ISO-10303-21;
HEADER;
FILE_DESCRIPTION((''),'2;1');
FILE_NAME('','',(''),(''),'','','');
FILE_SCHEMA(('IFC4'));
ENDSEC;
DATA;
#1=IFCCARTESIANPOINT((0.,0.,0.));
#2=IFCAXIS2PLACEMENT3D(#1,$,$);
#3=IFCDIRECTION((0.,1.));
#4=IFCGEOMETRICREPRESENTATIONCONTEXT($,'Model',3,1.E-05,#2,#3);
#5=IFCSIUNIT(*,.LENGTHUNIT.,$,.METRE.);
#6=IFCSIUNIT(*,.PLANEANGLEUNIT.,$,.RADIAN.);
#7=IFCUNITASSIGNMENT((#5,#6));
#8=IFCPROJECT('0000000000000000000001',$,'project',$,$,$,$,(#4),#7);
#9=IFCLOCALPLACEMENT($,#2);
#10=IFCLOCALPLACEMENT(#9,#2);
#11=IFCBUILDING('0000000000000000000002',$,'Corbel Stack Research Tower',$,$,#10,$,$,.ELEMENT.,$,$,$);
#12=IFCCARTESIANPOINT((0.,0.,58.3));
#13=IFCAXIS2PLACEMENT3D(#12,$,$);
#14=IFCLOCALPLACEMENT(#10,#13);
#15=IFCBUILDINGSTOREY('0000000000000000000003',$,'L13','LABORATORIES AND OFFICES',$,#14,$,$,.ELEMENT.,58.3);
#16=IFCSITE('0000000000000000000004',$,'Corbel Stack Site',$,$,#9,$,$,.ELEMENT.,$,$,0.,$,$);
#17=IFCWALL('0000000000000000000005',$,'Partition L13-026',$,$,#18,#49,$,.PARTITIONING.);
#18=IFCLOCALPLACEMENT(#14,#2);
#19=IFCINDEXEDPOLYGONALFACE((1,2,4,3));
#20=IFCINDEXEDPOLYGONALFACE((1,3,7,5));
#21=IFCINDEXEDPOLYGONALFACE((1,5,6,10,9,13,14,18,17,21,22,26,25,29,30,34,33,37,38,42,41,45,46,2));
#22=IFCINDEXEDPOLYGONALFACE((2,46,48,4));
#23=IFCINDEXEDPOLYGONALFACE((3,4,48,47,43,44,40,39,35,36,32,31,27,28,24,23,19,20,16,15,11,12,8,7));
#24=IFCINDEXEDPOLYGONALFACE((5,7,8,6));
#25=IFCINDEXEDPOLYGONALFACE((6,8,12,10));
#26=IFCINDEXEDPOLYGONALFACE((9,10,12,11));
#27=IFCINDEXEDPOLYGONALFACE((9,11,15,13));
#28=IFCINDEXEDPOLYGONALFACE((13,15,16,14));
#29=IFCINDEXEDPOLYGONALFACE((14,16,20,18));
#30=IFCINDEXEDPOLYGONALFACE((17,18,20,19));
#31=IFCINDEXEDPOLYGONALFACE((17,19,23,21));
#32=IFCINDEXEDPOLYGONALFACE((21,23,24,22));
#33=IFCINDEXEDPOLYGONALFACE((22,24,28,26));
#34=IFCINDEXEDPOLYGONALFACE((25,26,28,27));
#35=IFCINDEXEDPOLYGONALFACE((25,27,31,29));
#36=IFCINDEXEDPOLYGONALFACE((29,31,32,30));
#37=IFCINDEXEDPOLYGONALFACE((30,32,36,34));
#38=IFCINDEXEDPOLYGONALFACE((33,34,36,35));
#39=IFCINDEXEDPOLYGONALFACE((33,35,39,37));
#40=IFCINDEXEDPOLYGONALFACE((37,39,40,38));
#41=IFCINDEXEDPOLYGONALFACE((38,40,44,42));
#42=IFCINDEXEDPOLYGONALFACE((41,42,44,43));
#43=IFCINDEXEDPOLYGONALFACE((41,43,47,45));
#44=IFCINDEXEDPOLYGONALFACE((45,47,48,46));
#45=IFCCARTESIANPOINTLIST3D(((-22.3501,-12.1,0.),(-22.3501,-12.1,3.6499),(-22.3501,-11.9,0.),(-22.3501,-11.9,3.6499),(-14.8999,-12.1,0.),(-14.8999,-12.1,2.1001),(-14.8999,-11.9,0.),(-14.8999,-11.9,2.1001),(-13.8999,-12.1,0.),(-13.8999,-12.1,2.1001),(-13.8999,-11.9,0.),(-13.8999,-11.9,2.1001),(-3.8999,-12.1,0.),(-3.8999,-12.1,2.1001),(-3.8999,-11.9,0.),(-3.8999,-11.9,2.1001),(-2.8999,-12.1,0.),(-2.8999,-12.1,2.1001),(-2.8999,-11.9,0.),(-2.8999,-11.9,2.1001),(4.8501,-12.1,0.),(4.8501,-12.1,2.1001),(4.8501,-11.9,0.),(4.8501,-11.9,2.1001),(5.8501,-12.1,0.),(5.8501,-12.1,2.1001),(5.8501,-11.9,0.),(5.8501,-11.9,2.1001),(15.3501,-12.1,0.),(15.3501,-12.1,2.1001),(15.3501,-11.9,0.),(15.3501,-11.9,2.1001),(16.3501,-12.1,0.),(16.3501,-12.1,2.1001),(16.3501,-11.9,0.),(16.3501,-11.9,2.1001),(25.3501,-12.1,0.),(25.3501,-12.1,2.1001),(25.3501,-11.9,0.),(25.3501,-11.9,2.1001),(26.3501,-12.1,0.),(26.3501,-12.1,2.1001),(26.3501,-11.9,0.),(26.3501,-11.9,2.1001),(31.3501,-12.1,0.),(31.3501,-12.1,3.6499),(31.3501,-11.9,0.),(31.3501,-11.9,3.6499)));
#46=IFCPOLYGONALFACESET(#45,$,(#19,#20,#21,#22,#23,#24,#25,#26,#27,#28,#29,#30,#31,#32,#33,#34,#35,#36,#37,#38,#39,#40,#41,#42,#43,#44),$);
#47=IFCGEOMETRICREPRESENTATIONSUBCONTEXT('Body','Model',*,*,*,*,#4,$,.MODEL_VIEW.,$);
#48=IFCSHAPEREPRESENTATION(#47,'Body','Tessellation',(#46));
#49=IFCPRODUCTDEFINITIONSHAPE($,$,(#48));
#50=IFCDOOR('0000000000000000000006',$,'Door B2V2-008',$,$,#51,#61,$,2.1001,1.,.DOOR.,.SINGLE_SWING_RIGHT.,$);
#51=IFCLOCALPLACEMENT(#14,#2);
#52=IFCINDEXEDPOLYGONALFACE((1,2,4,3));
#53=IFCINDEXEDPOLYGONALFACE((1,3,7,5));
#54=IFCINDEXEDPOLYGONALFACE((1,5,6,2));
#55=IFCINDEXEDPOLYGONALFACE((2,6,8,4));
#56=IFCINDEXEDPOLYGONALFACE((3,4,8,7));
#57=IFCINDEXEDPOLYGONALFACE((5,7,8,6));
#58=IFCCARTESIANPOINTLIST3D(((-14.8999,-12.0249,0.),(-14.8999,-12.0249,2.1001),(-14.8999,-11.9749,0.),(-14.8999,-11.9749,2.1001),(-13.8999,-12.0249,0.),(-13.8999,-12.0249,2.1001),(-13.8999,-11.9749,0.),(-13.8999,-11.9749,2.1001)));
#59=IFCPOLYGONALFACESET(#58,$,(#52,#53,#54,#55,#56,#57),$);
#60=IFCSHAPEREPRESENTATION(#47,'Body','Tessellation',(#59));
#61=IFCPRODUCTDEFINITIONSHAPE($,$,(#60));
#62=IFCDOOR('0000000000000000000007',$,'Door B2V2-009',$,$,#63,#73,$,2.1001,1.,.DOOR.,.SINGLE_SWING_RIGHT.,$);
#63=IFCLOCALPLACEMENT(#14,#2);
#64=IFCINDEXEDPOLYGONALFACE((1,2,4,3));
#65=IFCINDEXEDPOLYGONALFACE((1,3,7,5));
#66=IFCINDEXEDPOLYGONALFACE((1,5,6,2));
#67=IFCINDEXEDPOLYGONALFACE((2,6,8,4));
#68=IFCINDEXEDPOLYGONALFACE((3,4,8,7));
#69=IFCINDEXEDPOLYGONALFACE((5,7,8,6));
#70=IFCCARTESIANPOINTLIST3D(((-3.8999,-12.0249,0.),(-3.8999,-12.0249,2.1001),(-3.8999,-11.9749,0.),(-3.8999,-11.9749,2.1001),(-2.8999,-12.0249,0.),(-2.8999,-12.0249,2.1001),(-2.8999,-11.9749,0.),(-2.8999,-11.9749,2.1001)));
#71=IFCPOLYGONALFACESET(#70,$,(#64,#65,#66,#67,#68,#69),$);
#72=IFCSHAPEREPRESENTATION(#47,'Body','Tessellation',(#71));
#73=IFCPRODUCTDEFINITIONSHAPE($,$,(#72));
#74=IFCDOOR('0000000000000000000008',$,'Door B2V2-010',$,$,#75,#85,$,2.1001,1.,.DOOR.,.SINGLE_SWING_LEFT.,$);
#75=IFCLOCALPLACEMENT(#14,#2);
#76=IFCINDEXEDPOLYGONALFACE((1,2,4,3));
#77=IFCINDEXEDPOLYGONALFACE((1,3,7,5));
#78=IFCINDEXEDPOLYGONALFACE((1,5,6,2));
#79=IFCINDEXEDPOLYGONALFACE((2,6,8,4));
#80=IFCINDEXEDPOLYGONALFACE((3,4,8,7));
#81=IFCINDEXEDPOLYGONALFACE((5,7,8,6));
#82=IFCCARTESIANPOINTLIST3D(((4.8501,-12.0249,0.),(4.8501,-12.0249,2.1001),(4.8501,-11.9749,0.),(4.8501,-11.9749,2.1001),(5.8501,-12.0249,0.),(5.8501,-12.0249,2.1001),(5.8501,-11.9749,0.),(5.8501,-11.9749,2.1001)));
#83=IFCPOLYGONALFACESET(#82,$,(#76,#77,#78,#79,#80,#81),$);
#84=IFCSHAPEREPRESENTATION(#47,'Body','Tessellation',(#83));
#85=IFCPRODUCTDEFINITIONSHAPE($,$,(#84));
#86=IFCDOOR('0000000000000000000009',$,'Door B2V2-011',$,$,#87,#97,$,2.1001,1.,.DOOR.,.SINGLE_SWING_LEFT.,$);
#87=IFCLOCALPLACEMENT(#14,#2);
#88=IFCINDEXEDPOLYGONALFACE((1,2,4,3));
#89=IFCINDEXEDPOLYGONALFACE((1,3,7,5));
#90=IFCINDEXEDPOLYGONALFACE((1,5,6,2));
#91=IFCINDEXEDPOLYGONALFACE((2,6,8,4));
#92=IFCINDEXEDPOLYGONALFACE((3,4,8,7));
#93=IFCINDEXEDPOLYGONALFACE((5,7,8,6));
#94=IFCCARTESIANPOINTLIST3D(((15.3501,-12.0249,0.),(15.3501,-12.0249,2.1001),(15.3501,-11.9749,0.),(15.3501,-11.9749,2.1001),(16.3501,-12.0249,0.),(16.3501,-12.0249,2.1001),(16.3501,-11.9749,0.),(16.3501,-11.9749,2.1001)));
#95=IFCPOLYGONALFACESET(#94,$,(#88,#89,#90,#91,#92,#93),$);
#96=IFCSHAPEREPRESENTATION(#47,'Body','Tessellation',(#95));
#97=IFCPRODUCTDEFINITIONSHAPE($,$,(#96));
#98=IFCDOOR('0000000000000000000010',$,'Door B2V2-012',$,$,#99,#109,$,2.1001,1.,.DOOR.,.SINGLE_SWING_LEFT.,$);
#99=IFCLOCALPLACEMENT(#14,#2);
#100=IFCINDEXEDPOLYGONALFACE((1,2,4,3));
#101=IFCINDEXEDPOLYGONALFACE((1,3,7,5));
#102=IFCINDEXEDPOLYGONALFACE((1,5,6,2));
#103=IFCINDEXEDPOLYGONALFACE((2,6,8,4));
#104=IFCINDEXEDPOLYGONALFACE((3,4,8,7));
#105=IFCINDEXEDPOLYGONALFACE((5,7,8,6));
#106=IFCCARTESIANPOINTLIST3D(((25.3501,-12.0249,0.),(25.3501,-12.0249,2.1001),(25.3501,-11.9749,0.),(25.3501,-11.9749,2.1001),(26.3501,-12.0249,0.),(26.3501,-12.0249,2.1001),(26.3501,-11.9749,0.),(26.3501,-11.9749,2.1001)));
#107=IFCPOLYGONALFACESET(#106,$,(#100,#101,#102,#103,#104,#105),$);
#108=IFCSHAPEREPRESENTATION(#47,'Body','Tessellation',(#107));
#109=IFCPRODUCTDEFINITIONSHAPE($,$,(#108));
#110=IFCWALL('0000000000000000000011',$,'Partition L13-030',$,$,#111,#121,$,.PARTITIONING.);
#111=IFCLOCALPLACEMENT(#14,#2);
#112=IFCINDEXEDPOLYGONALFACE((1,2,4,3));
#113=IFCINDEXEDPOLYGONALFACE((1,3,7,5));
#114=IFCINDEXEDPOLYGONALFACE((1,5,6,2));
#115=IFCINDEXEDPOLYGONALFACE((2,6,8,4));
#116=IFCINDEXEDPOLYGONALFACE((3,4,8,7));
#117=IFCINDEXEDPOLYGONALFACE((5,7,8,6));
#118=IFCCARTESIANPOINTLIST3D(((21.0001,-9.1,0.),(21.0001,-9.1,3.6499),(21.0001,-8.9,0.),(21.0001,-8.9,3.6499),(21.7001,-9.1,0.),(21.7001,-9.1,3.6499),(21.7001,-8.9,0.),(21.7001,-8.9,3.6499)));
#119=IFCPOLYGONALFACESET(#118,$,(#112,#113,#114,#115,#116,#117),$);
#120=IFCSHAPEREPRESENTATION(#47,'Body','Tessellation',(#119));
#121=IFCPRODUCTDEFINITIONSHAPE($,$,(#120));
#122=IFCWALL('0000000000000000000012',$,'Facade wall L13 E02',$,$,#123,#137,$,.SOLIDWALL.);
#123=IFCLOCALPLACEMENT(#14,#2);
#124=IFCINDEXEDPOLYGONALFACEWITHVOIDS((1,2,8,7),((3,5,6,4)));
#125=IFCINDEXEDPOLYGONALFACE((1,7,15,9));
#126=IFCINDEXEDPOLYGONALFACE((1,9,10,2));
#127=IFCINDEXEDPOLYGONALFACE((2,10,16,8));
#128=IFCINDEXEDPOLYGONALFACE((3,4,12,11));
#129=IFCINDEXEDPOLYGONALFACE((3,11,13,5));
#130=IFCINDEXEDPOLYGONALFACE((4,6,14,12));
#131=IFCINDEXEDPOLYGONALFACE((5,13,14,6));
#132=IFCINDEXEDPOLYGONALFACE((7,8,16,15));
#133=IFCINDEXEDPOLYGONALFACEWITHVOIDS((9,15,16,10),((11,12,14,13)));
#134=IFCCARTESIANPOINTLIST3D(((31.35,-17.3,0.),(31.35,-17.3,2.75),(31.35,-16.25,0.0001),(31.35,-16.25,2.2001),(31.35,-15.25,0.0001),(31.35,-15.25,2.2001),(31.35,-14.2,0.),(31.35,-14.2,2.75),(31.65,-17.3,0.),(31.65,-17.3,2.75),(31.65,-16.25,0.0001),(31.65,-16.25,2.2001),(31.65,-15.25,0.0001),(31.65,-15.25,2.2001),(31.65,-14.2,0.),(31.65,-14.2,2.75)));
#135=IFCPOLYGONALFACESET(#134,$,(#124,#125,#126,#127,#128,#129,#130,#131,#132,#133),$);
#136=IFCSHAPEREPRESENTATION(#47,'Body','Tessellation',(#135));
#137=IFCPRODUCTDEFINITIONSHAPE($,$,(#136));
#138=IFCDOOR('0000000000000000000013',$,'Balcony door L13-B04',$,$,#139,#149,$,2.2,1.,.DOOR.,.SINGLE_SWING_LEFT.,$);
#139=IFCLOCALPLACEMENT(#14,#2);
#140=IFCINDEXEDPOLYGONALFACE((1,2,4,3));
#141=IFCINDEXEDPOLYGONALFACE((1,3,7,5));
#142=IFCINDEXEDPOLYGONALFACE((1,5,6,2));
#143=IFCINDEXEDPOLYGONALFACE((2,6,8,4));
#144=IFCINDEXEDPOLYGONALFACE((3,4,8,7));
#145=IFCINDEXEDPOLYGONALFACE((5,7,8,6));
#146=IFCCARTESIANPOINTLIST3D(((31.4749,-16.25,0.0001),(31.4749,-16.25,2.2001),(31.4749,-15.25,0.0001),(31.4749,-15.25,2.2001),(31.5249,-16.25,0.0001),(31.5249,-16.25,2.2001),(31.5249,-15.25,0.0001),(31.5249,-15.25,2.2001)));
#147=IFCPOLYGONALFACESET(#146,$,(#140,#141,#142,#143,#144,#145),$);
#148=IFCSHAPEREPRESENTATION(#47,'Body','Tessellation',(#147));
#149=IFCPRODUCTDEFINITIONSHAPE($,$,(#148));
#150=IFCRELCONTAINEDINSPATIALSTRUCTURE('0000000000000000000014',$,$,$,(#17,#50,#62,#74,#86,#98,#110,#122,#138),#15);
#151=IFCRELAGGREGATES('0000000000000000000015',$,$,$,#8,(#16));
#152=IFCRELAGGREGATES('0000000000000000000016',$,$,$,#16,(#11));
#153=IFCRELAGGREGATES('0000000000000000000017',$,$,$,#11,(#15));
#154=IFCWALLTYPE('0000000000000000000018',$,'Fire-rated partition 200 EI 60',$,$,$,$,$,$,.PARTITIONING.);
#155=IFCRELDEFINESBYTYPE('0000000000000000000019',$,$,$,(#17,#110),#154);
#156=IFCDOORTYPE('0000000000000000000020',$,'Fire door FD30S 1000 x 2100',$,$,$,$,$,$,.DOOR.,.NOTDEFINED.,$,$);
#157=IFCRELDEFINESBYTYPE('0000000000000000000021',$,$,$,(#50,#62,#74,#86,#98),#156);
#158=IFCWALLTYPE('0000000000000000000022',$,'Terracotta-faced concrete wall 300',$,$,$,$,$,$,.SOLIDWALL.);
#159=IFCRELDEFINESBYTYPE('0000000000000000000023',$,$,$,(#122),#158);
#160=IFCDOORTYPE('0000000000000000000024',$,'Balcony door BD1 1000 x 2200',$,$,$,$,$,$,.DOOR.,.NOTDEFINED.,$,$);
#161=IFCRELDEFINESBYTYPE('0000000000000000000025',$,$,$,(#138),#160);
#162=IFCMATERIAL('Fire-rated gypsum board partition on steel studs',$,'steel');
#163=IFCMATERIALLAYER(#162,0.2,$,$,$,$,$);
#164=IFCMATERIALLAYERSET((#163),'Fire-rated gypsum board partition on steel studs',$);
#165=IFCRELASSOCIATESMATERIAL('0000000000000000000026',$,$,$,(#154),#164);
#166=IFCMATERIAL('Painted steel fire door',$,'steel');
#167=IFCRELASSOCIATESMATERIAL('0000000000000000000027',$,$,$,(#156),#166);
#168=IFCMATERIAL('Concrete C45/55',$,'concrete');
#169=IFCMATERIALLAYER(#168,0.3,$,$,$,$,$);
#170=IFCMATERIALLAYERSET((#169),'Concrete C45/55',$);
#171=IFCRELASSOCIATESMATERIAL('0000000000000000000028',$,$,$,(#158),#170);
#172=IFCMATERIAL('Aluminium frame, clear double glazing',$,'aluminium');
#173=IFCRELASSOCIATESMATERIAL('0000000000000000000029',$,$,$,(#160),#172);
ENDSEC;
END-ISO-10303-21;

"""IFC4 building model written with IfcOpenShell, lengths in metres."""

from ifc_helpers import new_model, si_unit, direction, frame, frame_2d, origin, place, context, subcontext, project, spatial, rectangle, extrude, material, layer, layer_set, type_object, element, fill, save


model = new_model("IFC4")

# Units and contexts
model_context = context("Model", 3, precision=1e-05, world=origin(), true_north=direction((0.0, 1.0)))
body_context = subcontext(model_context, "Body", "Model", "MODEL_VIEW")
ifc_project = project(units=[si_unit("LENGTHUNIT", "METRE"), si_unit("PLANEANGLEUNIT", "RADIAN")], contexts=[model_context])

# Site, building, storey
site_placement = place(None, origin())
site = spatial("IfcSite", under=ifc_project, at=site_placement, Name="Corbel Stack Site", CompositionType="ELEMENT", RefElevation=0.0)
building_placement = place(site_placement, origin())
building = spatial("IfcBuilding", under=site, at=building_placement, Name="Corbel Stack Research Tower", CompositionType="ELEMENT")
storey_placement = place(building_placement, frame((0.0, 0.0, 58.3)))
storey = spatial("IfcBuildingStorey", under=building, at=storey_placement, Name="L13", Description="LABORATORIES AND OFFICES", CompositionType="ELEMENT", Elevation=58.3)

# Shared definitions
ifc_material_1 = material(Name="Fire-rated gypsum board partition on steel studs", Category="steel")
ifc_layer_1 = layer(ifc_material_1, 0.2)
ifc_layer_set_1 = layer_set([ifc_layer_1], Name="Fire-rated gypsum board partition on steel studs")
wall_type_1 = type_object("IfcWallType", Name="Fire-rated partition 200 EI 60", PredefinedType="PARTITIONING", material=ifc_layer_set_1)

# Wall, openings, doors
wall_1_placement = place(storey_placement, frame((31.3501, -12.0, 0.0), z_axis=(0.0, 0.0, 1.0), x_axis=(-1.0, 0.0, 0.0)))
wall_1 = element("IfcWall", 1, at=wall_1_placement, inside=storey, type_object=wall_type_1, Name="Partition L13-026", PredefinedType="PARTITIONING", context=body_context, shape_type="SweptSolid", body=[
    extrude(rectangle(XDim=53.7002, YDim=0.2, at=frame_2d((26.8501, 0.0))), origin(), (0.0, 0.0, 1.0), 3.6499),
])
opening_1_placement = place(wall_1_placement, frame((45.25, 0.0, 0.0)))
opening_1 = element("IfcOpeningElement", 2, at=opening_1_placement, cuts=wall_1, PredefinedType="OPENING", context=body_context, shape_type="SweptSolid", body=[
    extrude(rectangle(XDim=1.0, YDim=2.1001, at=frame_2d((0.5, 1.05))), frame((0.0, 0.1099, 0.0), z_axis=(0.0, -1.0, 0.0), x_axis=(1.0, 0.0, 0.0)), (0.0, 0.0, 1.0), 0.22),
])
opening_2_placement = place(wall_1_placement, frame((34.25, 0.0, 0.0)))
opening_2 = element("IfcOpeningElement", 3, at=opening_2_placement, cuts=wall_1, PredefinedType="OPENING", context=body_context, shape_type="SweptSolid", body=[
    extrude(rectangle(XDim=1.0, YDim=2.1001, at=frame_2d((0.5, 1.05))), frame((0.0, 0.1099, 0.0), z_axis=(0.0, -1.0, 0.0), x_axis=(1.0, 0.0, 0.0)), (0.0, 0.0, 1.0), 0.22),
])
opening_3_placement = place(wall_1_placement, frame((25.5, 0.0, 0.0)))
opening_3 = element("IfcOpeningElement", 4, at=opening_3_placement, cuts=wall_1, PredefinedType="OPENING", context=body_context, shape_type="SweptSolid", body=[
    extrude(rectangle(XDim=1.0, YDim=2.1001, at=frame_2d((0.5, 1.05))), frame((0.0, 0.1099, 0.0), z_axis=(0.0, -1.0, 0.0), x_axis=(1.0, 0.0, 0.0)), (0.0, 0.0, 1.0), 0.22),
])
opening_4_placement = place(wall_1_placement, frame((15.0, 0.0, 0.0)))
opening_4 = element("IfcOpeningElement", 5, at=opening_4_placement, cuts=wall_1, PredefinedType="OPENING", context=body_context, shape_type="SweptSolid", body=[
    extrude(rectangle(XDim=1.0, YDim=2.1001, at=frame_2d((0.5, 1.05))), frame((0.0, 0.1099, 0.0), z_axis=(0.0, -1.0, 0.0), x_axis=(1.0, 0.0, 0.0)), (0.0, 0.0, 1.0), 0.22),
])
opening_5_placement = place(wall_1_placement, frame((5.0, 0.0, 0.0)))
opening_5 = element("IfcOpeningElement", 6, at=opening_5_placement, cuts=wall_1, PredefinedType="OPENING", context=body_context, shape_type="SweptSolid", body=[
    extrude(rectangle(XDim=1.0, YDim=2.1001, at=frame_2d((0.5, 1.05))), frame((0.0, 0.1099, 0.0), z_axis=(0.0, -1.0, 0.0), x_axis=(1.0, 0.0, 0.0)), (0.0, 0.0, 1.0), 0.22),
])
ifc_material_2 = material(Name="Painted steel fire door", Category="steel")
door_type_1 = type_object("IfcDoorType", Name="Fire door FD30S 1000 x 2100", OperationType="NOTDEFINED", PredefinedType="DOOR", material=ifc_material_2)
door_1_placement = place(opening_1_placement, origin())
door_1 = element("IfcDoor", 7, at=door_1_placement, inside=storey, type_object=door_type_1, Name="Door B2V2-008", OperationType="SINGLE_SWING_RIGHT", OverallHeight=2.1001, OverallWidth=1.0, PredefinedType="DOOR", context=body_context, shape_type="SweptSolid", body=[
    extrude(rectangle(XDim=1.0, YDim=2.1001, at=frame_2d((0.5, 1.05))), frame((0.0, 0.0249, 0.0), z_axis=(0.0, -1.0, 0.0), x_axis=(1.0, 0.0, 0.0)), (0.0, 0.0, 1.0), 0.05),
])
fill(opening_1, door_1)
door_2_placement = place(opening_2_placement, origin())
door_2 = element("IfcDoor", 8, at=door_2_placement, inside=storey, type_object=door_type_1, Name="Door B2V2-009", OperationType="SINGLE_SWING_RIGHT", OverallHeight=2.1001, OverallWidth=1.0, PredefinedType="DOOR", context=body_context, shape_type="SweptSolid", body=[
    extrude(rectangle(XDim=1.0, YDim=2.1001, at=frame_2d((0.5, 1.05))), frame((0.0, 0.0249, 0.0), z_axis=(0.0, -1.0, 0.0), x_axis=(1.0, 0.0, 0.0)), (0.0, 0.0, 1.0), 0.05),
])
fill(opening_2, door_2)
door_3_placement = place(opening_3_placement, origin())
door_3 = element("IfcDoor", 9, at=door_3_placement, inside=storey, type_object=door_type_1, Name="Door B2V2-010", OperationType="SINGLE_SWING_LEFT", OverallHeight=2.1001, OverallWidth=1.0, PredefinedType="DOOR", context=body_context, shape_type="SweptSolid", body=[
    extrude(rectangle(XDim=1.0, YDim=2.1001, at=frame_2d((0.5, 1.05))), frame((0.0, 0.0249, 0.0), z_axis=(0.0, -1.0, 0.0), x_axis=(1.0, 0.0, 0.0)), (0.0, 0.0, 1.0), 0.05),
])
fill(opening_3, door_3)
door_4_placement = place(opening_4_placement, origin())
door_4 = element("IfcDoor", 10, at=door_4_placement, inside=storey, type_object=door_type_1, Name="Door B2V2-011", OperationType="SINGLE_SWING_LEFT", OverallHeight=2.1001, OverallWidth=1.0, PredefinedType="DOOR", context=body_context, shape_type="SweptSolid", body=[
    extrude(rectangle(XDim=1.0, YDim=2.1001, at=frame_2d((0.5, 1.05))), frame((0.0, 0.0249, 0.0), z_axis=(0.0, -1.0, 0.0), x_axis=(1.0, 0.0, 0.0)), (0.0, 0.0, 1.0), 0.05),
])
fill(opening_4, door_4)
door_5_placement = place(opening_5_placement, origin())
door_5 = element("IfcDoor", 11, at=door_5_placement, inside=storey, type_object=door_type_1, Name="Door B2V2-012", OperationType="SINGLE_SWING_LEFT", OverallHeight=2.1001, OverallWidth=1.0, PredefinedType="DOOR", context=body_context, shape_type="SweptSolid", body=[
    extrude(rectangle(XDim=1.0, YDim=2.1001, at=frame_2d((0.5, 1.05))), frame((0.0, 0.0249, 0.0), z_axis=(0.0, -1.0, 0.0), x_axis=(1.0, 0.0, 0.0)), (0.0, 0.0, 1.0), 0.05),
])
fill(opening_5, door_5)

# Wall
wall_2_placement = place(storey_placement, frame((21.0, -9.0, 0.0), z_axis=(0.0, 0.0, 1.0), x_axis=(1.0, 0.0, 0.0)))
element("IfcWall", 12, at=wall_2_placement, inside=storey, type_object=wall_type_1, Name="Partition L13-030", PredefinedType="PARTITIONING", context=body_context, shape_type="SweptSolid", body=[
    extrude(rectangle(XDim=0.7, YDim=0.2, at=frame_2d((0.3501, 0.0))), origin(), (0.0, 0.0, 1.0), 3.6499),
])

# Wall, opening, door
ifc_material_3 = material(Name="Concrete C45/55", Category="concrete")
ifc_layer_2 = layer(ifc_material_3, 0.3)
ifc_layer_set_2 = layer_set([ifc_layer_2], Name="Concrete C45/55")
wall_type_2 = type_object("IfcWallType", Name="Terracotta-faced concrete wall 300", PredefinedType="SOLIDWALL", material=ifc_layer_set_2)
wall_3_placement = place(storey_placement, frame((31.5, -14.2, 0.0), z_axis=(0.0, 0.0, 1.0), x_axis=(0.0, -1.0, 0.0)))
wall_3 = element("IfcWall", 13, at=wall_3_placement, inside=storey, type_object=wall_type_2, Name="Facade wall L13 E02", PredefinedType="SOLIDWALL", context=body_context, shape_type="SweptSolid", body=[
    extrude(rectangle(XDim=3.1001, YDim=0.3, at=frame_2d((1.55, 0.0))), origin(), (0.0, 0.0, 1.0), 2.75),
])
opening_6_placement = place(wall_3_placement, frame((1.05, 0.0, 0.0)))
opening_6 = element("IfcOpeningElement", 14, at=opening_6_placement, cuts=wall_3, PredefinedType="OPENING", context=body_context, shape_type="SweptSolid", body=[
    extrude(rectangle(XDim=1.0, YDim=2.2, at=frame_2d((0.5, 1.1001))), frame((0.0, 0.1599, 0.0), z_axis=(0.0, -1.0, 0.0), x_axis=(1.0, 0.0, 0.0)), (0.0, 0.0, 1.0), 0.3201),
])
ifc_material_4 = material(Name="Aluminium frame, clear double glazing", Category="aluminium")
door_type_2 = type_object("IfcDoorType", Name="Balcony door BD1 1000 x 2200", OperationType="NOTDEFINED", PredefinedType="DOOR", material=ifc_material_4)
door_6_placement = place(opening_6_placement, origin())
door_6 = element("IfcDoor", 15, at=door_6_placement, inside=storey, type_object=door_type_2, Name="Balcony door L13-B04", OperationType="SINGLE_SWING_LEFT", OverallHeight=2.2, OverallWidth=1.0, PredefinedType="DOOR", context=body_context, shape_type="SweptSolid", body=[
    extrude(rectangle(XDim=1.0, YDim=2.2, at=frame_2d((0.5, 1.1001))), frame((0.0, 0.0249, 0.0), z_axis=(0.0, -1.0, 0.0), x_axis=(1.0, 0.0, 0.0)), (0.0, 0.0, 1.0), 0.05),
])
fill(opening_6, door_6)

save(model, "model.ifc")
